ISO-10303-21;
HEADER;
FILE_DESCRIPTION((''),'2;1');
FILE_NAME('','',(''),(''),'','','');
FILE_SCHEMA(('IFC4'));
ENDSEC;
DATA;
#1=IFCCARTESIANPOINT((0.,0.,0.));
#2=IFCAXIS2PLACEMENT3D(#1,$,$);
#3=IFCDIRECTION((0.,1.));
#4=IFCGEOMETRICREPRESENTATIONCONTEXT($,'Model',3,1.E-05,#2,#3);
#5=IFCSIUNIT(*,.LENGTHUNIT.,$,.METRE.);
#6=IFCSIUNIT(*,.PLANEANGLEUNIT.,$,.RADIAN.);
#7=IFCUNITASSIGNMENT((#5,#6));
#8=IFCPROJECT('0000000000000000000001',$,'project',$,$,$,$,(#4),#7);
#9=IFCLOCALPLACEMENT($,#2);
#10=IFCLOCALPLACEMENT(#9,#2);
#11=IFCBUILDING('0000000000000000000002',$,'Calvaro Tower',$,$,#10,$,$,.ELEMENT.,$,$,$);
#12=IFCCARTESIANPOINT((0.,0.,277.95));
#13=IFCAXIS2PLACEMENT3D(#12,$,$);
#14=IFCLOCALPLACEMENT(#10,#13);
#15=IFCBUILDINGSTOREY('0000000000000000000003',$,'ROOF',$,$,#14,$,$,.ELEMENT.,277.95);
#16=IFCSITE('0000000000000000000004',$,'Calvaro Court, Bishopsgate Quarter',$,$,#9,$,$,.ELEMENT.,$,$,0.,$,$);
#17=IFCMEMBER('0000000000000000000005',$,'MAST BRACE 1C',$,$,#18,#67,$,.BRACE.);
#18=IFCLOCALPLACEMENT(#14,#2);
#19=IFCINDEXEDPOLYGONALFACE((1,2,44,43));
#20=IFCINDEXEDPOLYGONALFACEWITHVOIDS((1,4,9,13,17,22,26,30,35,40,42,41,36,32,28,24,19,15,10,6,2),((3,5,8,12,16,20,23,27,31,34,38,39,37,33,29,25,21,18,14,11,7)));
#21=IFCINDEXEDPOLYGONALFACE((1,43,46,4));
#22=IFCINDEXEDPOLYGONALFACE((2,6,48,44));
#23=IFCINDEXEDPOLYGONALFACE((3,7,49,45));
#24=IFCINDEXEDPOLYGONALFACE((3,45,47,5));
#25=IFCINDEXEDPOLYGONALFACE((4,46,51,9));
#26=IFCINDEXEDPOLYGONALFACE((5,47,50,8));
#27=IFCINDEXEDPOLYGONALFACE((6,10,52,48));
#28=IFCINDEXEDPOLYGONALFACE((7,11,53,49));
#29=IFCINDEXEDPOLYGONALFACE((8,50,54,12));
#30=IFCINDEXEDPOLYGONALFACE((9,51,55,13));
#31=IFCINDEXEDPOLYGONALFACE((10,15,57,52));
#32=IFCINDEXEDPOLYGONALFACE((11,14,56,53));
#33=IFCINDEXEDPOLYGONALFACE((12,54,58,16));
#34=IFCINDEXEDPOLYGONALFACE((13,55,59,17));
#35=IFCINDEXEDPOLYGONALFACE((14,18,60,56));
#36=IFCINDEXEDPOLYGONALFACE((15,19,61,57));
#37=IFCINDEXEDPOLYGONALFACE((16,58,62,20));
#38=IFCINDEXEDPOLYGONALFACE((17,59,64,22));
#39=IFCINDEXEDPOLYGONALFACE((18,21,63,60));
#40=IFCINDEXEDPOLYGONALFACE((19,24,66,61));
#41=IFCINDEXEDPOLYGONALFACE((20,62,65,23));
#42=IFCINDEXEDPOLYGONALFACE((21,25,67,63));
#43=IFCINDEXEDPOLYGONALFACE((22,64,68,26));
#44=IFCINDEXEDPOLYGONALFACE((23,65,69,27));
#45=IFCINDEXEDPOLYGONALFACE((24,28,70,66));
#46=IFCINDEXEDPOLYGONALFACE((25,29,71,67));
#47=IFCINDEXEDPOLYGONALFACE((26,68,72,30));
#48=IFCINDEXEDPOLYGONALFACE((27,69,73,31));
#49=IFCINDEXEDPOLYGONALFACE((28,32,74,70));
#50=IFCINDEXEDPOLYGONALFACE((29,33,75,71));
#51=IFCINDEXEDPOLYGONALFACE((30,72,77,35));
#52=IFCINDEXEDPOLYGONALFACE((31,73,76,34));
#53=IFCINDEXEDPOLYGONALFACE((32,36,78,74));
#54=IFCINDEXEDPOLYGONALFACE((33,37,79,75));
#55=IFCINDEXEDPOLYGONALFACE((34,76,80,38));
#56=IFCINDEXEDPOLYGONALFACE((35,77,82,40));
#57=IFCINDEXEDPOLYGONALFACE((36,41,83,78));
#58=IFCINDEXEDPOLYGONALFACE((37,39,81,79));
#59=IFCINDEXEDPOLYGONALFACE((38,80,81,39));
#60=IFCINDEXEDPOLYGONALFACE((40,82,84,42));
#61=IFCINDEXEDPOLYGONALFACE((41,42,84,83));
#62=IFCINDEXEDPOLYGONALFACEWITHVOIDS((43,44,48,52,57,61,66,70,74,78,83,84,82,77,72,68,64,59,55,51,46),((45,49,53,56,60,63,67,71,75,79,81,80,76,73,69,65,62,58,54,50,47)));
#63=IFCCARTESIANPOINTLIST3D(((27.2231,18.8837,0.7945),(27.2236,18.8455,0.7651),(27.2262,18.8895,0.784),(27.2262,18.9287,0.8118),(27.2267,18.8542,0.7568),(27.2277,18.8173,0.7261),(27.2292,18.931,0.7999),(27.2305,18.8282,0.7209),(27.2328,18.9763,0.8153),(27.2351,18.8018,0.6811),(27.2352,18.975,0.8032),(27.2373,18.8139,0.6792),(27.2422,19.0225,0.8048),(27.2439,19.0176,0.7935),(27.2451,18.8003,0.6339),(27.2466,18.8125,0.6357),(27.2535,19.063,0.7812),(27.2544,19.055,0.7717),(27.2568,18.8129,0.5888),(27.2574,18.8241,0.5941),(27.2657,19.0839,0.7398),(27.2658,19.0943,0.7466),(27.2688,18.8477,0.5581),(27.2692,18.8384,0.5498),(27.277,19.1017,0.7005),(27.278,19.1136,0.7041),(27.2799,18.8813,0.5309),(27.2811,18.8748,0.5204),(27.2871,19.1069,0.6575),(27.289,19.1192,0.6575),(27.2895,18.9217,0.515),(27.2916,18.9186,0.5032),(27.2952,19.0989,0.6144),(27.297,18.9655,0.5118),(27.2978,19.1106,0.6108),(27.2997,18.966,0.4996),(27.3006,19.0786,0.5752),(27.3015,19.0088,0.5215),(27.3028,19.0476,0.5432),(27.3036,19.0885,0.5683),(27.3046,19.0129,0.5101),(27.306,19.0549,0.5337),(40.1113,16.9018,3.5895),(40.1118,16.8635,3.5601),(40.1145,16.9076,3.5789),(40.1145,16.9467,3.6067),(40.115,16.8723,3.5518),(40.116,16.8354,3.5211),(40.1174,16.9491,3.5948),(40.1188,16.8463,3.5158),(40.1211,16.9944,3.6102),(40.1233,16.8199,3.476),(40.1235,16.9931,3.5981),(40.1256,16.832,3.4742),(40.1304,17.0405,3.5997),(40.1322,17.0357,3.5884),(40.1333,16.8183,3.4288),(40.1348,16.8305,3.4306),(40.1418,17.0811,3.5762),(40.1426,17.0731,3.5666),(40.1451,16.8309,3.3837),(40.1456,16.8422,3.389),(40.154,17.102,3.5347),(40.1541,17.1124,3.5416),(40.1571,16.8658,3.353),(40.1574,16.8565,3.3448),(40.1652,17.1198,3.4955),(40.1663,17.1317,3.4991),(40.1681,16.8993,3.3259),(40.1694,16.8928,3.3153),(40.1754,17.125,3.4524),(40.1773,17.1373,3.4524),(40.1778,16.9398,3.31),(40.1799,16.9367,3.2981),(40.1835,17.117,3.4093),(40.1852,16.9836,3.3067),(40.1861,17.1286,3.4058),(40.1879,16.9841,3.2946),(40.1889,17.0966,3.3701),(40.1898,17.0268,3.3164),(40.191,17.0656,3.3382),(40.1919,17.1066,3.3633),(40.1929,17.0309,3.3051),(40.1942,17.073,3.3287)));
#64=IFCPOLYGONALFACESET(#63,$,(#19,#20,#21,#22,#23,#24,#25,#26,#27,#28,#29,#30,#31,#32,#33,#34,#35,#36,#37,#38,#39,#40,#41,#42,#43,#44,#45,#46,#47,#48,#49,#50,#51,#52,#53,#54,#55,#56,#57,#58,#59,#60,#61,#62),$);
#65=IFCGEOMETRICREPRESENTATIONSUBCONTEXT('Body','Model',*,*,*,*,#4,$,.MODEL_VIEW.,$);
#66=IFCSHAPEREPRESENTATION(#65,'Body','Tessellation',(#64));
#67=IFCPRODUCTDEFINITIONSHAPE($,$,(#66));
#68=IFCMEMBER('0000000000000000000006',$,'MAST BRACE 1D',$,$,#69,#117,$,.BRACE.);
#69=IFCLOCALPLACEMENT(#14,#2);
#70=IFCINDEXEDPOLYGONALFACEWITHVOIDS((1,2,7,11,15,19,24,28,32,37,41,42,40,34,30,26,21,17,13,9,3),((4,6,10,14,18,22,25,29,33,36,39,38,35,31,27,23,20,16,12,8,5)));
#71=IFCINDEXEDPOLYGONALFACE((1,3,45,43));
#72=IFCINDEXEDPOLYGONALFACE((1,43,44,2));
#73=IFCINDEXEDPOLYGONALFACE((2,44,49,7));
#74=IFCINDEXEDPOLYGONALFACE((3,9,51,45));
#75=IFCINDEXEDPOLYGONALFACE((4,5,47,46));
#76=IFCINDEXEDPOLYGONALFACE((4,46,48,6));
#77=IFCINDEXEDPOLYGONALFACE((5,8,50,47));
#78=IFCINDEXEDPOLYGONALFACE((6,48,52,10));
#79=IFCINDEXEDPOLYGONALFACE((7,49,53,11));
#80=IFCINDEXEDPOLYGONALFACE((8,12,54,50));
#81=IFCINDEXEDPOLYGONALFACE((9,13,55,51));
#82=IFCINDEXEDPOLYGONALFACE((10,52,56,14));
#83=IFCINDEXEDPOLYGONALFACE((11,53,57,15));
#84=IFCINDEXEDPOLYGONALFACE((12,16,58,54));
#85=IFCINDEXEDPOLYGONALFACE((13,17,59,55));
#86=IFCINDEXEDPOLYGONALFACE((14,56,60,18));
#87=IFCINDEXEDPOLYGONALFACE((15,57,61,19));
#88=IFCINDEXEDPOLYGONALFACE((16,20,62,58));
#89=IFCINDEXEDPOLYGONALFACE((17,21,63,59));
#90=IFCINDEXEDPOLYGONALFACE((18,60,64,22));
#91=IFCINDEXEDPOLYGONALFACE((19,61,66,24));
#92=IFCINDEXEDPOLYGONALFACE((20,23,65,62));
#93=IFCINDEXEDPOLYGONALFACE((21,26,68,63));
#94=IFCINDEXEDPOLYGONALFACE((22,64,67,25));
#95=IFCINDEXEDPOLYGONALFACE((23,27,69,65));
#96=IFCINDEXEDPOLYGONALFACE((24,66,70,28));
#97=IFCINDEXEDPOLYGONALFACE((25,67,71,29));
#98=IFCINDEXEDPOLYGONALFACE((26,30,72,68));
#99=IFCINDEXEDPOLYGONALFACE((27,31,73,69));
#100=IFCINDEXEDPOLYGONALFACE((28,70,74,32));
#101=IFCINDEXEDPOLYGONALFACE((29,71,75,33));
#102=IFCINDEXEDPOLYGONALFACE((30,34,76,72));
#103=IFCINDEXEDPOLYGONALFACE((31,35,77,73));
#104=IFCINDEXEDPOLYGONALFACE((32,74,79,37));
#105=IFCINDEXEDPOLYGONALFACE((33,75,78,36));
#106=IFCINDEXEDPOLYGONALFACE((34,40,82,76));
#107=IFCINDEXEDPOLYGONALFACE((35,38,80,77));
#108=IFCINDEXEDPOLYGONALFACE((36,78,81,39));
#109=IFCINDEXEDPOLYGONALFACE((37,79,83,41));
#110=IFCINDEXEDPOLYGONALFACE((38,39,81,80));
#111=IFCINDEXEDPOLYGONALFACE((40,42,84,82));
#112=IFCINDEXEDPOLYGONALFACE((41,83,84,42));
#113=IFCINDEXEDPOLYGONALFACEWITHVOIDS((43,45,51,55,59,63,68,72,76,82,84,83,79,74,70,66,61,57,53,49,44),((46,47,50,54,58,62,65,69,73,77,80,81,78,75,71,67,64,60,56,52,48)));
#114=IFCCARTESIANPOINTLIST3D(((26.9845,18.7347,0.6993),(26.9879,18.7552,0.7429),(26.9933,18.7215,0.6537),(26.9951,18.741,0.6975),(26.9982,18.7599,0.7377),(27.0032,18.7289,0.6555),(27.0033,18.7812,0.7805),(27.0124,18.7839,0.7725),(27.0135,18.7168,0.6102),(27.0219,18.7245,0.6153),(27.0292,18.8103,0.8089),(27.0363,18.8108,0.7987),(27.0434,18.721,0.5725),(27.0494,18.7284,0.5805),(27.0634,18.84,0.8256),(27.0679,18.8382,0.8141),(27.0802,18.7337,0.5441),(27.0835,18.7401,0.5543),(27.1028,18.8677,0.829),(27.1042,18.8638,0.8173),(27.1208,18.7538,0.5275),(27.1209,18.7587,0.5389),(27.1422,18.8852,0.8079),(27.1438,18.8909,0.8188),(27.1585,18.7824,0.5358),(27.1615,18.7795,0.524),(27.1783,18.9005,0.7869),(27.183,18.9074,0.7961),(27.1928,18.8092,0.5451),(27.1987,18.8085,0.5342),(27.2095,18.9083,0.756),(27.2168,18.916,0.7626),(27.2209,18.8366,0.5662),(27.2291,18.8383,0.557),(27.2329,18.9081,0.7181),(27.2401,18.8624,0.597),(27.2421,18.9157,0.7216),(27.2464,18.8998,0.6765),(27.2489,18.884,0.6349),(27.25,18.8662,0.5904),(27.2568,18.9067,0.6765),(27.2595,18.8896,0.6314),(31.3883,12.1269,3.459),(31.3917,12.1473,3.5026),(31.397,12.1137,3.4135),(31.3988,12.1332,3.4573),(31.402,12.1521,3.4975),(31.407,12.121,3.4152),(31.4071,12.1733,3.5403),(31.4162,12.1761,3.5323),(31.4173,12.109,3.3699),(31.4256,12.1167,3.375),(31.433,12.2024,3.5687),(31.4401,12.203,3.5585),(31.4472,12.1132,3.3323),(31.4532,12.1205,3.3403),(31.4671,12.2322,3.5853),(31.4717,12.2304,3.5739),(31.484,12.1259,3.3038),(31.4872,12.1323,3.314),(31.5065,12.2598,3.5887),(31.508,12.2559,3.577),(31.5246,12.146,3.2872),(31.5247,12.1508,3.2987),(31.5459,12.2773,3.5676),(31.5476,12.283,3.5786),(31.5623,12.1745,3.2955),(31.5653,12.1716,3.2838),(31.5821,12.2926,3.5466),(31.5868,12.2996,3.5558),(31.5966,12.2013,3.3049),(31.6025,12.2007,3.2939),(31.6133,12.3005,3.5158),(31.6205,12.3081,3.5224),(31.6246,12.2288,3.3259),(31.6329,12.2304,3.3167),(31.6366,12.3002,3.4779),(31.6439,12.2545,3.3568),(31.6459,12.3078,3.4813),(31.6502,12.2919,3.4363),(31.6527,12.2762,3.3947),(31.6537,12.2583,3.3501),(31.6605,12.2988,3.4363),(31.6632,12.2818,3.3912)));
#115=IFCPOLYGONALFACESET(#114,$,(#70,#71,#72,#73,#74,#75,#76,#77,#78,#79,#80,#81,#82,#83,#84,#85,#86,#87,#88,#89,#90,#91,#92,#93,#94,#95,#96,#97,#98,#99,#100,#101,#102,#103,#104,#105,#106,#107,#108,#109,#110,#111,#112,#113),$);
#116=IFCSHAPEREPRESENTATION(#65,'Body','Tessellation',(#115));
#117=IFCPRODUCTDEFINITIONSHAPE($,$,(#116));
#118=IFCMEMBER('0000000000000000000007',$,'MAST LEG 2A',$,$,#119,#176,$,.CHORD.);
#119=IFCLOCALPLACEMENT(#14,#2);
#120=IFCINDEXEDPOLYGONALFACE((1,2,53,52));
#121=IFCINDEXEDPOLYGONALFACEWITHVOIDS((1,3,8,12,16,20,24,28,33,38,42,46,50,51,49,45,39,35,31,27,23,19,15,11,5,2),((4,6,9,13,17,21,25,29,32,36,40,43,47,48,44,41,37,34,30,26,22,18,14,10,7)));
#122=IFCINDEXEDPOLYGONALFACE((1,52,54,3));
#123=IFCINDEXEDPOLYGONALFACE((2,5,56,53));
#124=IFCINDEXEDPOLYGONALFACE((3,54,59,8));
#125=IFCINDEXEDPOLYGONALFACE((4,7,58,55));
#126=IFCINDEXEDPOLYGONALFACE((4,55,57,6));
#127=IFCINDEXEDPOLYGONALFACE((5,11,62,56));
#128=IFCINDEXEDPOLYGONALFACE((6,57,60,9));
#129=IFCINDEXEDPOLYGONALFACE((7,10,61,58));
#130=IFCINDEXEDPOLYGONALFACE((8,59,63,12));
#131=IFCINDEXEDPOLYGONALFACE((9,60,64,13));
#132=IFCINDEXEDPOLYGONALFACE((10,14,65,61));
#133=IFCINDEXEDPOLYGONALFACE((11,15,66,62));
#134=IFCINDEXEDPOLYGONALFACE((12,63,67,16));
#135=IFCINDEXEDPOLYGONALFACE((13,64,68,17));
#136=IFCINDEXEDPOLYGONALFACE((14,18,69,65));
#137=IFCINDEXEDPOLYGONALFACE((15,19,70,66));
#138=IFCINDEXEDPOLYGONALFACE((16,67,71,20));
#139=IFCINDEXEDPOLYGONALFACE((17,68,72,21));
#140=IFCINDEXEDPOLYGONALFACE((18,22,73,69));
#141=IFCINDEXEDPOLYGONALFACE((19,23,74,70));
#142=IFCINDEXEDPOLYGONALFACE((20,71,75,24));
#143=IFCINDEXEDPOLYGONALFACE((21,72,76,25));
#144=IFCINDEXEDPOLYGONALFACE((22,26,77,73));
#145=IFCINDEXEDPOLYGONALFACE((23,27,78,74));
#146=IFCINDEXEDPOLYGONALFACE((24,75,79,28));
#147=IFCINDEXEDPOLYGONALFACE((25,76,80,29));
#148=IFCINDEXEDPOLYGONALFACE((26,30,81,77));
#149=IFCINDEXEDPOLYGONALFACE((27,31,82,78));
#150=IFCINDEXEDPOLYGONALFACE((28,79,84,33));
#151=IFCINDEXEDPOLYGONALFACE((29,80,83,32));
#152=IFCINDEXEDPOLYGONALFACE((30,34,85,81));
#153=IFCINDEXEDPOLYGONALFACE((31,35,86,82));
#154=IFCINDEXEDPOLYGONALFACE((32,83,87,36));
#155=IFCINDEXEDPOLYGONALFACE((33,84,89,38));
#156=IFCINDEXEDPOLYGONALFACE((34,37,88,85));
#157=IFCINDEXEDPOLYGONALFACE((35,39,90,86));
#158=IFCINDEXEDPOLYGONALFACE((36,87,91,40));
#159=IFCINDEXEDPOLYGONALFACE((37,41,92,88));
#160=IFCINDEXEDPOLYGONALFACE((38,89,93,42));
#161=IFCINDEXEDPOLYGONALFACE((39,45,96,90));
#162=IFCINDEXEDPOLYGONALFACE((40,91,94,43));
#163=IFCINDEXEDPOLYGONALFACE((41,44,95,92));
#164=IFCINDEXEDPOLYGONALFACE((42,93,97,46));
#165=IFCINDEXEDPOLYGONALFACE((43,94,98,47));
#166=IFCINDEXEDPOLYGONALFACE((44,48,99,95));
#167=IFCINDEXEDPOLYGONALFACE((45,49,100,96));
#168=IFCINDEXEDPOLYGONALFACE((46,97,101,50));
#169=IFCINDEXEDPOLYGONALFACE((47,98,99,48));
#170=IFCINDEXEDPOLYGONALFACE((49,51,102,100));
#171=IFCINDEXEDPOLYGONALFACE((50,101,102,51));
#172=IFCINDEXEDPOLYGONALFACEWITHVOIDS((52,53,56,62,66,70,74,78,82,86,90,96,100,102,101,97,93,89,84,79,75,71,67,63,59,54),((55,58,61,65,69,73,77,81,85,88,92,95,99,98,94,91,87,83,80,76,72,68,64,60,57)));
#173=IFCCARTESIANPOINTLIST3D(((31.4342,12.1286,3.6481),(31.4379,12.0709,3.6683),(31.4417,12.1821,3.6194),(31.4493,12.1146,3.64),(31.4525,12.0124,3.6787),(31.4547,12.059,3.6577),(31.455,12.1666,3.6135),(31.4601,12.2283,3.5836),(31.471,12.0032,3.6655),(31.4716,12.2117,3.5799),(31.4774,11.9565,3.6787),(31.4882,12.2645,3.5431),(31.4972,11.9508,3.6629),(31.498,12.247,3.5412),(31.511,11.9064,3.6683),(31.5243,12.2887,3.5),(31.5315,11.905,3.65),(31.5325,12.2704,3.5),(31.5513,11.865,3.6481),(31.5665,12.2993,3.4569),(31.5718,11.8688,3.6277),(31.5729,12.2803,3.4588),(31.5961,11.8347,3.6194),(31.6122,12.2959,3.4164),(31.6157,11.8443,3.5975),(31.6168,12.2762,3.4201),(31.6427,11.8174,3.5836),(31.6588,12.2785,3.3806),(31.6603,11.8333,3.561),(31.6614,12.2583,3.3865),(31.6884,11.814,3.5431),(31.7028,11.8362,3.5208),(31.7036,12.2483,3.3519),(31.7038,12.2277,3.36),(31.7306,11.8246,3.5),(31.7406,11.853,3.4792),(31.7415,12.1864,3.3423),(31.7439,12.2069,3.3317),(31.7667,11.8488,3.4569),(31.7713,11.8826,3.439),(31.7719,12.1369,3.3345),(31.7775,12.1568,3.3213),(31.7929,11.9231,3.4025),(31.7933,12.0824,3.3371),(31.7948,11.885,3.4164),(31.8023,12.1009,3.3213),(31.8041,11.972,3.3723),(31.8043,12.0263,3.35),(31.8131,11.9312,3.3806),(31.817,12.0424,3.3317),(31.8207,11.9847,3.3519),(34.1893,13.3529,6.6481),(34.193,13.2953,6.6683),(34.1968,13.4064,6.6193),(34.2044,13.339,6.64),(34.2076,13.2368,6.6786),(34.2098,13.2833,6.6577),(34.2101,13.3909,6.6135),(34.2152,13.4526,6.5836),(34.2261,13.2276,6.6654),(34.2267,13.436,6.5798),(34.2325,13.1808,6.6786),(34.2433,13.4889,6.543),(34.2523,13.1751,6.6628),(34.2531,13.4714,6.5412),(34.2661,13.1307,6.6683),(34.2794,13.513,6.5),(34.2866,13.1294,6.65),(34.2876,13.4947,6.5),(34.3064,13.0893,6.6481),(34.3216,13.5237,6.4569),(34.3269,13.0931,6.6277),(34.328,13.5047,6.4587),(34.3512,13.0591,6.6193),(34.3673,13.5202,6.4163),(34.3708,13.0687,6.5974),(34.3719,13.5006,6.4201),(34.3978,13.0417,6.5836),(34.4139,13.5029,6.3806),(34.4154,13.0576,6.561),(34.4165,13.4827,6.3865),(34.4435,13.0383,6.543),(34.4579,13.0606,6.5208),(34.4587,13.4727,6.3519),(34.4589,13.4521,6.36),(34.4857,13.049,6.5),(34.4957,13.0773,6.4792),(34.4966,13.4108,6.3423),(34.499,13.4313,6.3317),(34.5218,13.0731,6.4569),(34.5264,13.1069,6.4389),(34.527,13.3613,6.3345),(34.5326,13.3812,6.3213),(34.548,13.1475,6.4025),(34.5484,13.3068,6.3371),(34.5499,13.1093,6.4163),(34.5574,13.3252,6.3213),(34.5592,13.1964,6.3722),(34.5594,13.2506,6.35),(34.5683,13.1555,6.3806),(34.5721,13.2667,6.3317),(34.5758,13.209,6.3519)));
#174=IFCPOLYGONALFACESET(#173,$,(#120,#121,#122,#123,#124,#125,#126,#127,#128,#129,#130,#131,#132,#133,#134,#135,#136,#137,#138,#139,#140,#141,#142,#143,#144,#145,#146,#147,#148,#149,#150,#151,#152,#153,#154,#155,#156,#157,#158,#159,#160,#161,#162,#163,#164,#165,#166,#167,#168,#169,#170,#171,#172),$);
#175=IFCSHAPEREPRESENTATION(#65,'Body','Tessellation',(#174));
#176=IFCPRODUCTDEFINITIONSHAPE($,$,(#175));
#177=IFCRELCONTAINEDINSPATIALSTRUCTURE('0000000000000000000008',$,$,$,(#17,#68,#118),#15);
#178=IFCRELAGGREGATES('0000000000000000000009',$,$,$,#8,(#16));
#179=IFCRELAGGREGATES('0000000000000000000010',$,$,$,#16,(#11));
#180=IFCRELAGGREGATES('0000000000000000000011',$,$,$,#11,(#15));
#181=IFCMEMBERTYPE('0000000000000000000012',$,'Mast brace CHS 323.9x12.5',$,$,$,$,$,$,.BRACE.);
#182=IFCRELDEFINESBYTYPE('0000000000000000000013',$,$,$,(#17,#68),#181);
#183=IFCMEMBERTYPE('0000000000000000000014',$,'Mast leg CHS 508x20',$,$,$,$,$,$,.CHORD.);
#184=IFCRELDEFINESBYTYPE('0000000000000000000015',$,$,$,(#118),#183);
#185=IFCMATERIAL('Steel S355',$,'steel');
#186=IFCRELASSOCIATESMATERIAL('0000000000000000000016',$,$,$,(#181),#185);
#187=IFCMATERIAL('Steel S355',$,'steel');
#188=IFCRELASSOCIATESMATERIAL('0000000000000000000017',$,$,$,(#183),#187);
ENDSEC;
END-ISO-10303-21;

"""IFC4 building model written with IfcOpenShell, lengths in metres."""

from ifc_helpers import new_model, si_unit, direction, frame, origin, origin_2d, place, context, subcontext, project, spatial, hollow_circle, extrude, material, material_profile, profile_set, type_object, element, save


model = new_model("IFC4")

# Units and contexts
model_context = context("Model", 3, precision=1e-05, world=origin(), true_north=direction((0.0, 1.0)))
body_context = subcontext(model_context, "Body", "Model", "MODEL_VIEW")
ifc_project = project(units=[si_unit("LENGTHUNIT", "METRE"), si_unit("PLANEANGLEUNIT", "RADIAN")], contexts=[model_context])

# Site, building, storey
site_placement = place(None, origin())
site = spatial("IfcSite", under=ifc_project, at=site_placement, Name="Calvaro Court, Bishopsgate Quarter", CompositionType="ELEMENT", RefElevation=0.0)
building_placement = place(site_placement, origin())
building = spatial("IfcBuilding", under=site, at=building_placement, Name="Calvaro Tower", CompositionType="ELEMENT")
storey_placement = place(building_placement, frame((0.0, 0.0, 277.95)))
storey = spatial("IfcBuildingStorey", under=building, at=storey_placement, Name="ROOF", CompositionType="ELEMENT", Elevation=277.95)

# Members
ifc_material_1 = material(Name="Steel S355", Category="steel")
ifc_material_profile_1 = material_profile(ifc_material_1, hollow_circle(Radius=0.1619, WallThickness=0.0125, at=origin_2d()), Name="CHS 323.9x12.5")
ifc_profile_set_1 = profile_set([ifc_material_profile_1], Name="Steel S355")
member_type_1 = type_object("IfcMemberType", Name="Mast brace CHS 323.9x12.5", PredefinedType="BRACE", material=ifc_profile_set_1)
member_1_placement = place(storey_placement, frame((27.2644, 18.9592, 0.6575), z_axis=(0.966431, -0.148617, 0.20958), x_axis=(0.151992, 0.988382, 0.0)))
element("IfcMember", 1, at=member_1_placement, inside=storey, type_object=member_type_1, Name="MAST BRACE 1C", PredefinedType="BRACE", context=body_context, shape_type="SweptSolid", body=[
    extrude(hollow_circle(Radius=0.1619, WallThickness=0.0125, at=origin_2d()), origin(), (0.0, 0.0, 1.0), 13.3359),
])
member_2_placement = place(storey_placement, frame((27.1221, 18.8169, 0.6765), z_axis=(0.523839, -0.78602, 0.328278), x_axis=(0.832135, 0.554572, 0.0)))
element("IfcMember", 2, at=member_2_placement, inside=storey, type_object=member_type_1, Name="MAST BRACE 1D", PredefinedType="BRACE", context=body_context, shape_type="SweptSolid", body=[
    extrude(hollow_circle(Radius=0.1619, WallThickness=0.0125, at=origin_2d()), origin(), (0.0, 0.0, 1.0), 8.4067),
])
ifc_material_2 = material(Name="Steel S355", Category="steel")
ifc_material_profile_2 = material_profile(ifc_material_2, hollow_circle(Radius=0.2539, WallThickness=0.02, at=origin_2d()), Name="CHS 508x20")
ifc_profile_set_2 = profile_set([ifc_material_profile_2], Name="Steel S355")
member_type_2 = type_object("IfcMemberType", Name="Mast leg CHS 508x20", PredefinedType="CHORD", material=ifc_profile_set_2)
for number, where, z_axis, x_axis, name in (
    (3, (31.6274, 12.0566, 3.5), (0.647776, 0.287869, 0.70535), (-0.406101, 0.913828, 0.0), "MAST LEG 2A"),
):
    element("IfcMember", number, at=place(storey_placement, frame(where, z_axis=z_axis, x_axis=x_axis)), inside=storey, type_object=member_type_2, Name=name, PredefinedType="CHORD", context=body_context, shape_type="SweptSolid", body=[
        extrude(hollow_circle(Radius=0.2539, WallThickness=0.02, at=origin_2d()), origin(), (0.0, 0.0, 1.0), 4.2532),
    ])

save(model, "model.ifc")
